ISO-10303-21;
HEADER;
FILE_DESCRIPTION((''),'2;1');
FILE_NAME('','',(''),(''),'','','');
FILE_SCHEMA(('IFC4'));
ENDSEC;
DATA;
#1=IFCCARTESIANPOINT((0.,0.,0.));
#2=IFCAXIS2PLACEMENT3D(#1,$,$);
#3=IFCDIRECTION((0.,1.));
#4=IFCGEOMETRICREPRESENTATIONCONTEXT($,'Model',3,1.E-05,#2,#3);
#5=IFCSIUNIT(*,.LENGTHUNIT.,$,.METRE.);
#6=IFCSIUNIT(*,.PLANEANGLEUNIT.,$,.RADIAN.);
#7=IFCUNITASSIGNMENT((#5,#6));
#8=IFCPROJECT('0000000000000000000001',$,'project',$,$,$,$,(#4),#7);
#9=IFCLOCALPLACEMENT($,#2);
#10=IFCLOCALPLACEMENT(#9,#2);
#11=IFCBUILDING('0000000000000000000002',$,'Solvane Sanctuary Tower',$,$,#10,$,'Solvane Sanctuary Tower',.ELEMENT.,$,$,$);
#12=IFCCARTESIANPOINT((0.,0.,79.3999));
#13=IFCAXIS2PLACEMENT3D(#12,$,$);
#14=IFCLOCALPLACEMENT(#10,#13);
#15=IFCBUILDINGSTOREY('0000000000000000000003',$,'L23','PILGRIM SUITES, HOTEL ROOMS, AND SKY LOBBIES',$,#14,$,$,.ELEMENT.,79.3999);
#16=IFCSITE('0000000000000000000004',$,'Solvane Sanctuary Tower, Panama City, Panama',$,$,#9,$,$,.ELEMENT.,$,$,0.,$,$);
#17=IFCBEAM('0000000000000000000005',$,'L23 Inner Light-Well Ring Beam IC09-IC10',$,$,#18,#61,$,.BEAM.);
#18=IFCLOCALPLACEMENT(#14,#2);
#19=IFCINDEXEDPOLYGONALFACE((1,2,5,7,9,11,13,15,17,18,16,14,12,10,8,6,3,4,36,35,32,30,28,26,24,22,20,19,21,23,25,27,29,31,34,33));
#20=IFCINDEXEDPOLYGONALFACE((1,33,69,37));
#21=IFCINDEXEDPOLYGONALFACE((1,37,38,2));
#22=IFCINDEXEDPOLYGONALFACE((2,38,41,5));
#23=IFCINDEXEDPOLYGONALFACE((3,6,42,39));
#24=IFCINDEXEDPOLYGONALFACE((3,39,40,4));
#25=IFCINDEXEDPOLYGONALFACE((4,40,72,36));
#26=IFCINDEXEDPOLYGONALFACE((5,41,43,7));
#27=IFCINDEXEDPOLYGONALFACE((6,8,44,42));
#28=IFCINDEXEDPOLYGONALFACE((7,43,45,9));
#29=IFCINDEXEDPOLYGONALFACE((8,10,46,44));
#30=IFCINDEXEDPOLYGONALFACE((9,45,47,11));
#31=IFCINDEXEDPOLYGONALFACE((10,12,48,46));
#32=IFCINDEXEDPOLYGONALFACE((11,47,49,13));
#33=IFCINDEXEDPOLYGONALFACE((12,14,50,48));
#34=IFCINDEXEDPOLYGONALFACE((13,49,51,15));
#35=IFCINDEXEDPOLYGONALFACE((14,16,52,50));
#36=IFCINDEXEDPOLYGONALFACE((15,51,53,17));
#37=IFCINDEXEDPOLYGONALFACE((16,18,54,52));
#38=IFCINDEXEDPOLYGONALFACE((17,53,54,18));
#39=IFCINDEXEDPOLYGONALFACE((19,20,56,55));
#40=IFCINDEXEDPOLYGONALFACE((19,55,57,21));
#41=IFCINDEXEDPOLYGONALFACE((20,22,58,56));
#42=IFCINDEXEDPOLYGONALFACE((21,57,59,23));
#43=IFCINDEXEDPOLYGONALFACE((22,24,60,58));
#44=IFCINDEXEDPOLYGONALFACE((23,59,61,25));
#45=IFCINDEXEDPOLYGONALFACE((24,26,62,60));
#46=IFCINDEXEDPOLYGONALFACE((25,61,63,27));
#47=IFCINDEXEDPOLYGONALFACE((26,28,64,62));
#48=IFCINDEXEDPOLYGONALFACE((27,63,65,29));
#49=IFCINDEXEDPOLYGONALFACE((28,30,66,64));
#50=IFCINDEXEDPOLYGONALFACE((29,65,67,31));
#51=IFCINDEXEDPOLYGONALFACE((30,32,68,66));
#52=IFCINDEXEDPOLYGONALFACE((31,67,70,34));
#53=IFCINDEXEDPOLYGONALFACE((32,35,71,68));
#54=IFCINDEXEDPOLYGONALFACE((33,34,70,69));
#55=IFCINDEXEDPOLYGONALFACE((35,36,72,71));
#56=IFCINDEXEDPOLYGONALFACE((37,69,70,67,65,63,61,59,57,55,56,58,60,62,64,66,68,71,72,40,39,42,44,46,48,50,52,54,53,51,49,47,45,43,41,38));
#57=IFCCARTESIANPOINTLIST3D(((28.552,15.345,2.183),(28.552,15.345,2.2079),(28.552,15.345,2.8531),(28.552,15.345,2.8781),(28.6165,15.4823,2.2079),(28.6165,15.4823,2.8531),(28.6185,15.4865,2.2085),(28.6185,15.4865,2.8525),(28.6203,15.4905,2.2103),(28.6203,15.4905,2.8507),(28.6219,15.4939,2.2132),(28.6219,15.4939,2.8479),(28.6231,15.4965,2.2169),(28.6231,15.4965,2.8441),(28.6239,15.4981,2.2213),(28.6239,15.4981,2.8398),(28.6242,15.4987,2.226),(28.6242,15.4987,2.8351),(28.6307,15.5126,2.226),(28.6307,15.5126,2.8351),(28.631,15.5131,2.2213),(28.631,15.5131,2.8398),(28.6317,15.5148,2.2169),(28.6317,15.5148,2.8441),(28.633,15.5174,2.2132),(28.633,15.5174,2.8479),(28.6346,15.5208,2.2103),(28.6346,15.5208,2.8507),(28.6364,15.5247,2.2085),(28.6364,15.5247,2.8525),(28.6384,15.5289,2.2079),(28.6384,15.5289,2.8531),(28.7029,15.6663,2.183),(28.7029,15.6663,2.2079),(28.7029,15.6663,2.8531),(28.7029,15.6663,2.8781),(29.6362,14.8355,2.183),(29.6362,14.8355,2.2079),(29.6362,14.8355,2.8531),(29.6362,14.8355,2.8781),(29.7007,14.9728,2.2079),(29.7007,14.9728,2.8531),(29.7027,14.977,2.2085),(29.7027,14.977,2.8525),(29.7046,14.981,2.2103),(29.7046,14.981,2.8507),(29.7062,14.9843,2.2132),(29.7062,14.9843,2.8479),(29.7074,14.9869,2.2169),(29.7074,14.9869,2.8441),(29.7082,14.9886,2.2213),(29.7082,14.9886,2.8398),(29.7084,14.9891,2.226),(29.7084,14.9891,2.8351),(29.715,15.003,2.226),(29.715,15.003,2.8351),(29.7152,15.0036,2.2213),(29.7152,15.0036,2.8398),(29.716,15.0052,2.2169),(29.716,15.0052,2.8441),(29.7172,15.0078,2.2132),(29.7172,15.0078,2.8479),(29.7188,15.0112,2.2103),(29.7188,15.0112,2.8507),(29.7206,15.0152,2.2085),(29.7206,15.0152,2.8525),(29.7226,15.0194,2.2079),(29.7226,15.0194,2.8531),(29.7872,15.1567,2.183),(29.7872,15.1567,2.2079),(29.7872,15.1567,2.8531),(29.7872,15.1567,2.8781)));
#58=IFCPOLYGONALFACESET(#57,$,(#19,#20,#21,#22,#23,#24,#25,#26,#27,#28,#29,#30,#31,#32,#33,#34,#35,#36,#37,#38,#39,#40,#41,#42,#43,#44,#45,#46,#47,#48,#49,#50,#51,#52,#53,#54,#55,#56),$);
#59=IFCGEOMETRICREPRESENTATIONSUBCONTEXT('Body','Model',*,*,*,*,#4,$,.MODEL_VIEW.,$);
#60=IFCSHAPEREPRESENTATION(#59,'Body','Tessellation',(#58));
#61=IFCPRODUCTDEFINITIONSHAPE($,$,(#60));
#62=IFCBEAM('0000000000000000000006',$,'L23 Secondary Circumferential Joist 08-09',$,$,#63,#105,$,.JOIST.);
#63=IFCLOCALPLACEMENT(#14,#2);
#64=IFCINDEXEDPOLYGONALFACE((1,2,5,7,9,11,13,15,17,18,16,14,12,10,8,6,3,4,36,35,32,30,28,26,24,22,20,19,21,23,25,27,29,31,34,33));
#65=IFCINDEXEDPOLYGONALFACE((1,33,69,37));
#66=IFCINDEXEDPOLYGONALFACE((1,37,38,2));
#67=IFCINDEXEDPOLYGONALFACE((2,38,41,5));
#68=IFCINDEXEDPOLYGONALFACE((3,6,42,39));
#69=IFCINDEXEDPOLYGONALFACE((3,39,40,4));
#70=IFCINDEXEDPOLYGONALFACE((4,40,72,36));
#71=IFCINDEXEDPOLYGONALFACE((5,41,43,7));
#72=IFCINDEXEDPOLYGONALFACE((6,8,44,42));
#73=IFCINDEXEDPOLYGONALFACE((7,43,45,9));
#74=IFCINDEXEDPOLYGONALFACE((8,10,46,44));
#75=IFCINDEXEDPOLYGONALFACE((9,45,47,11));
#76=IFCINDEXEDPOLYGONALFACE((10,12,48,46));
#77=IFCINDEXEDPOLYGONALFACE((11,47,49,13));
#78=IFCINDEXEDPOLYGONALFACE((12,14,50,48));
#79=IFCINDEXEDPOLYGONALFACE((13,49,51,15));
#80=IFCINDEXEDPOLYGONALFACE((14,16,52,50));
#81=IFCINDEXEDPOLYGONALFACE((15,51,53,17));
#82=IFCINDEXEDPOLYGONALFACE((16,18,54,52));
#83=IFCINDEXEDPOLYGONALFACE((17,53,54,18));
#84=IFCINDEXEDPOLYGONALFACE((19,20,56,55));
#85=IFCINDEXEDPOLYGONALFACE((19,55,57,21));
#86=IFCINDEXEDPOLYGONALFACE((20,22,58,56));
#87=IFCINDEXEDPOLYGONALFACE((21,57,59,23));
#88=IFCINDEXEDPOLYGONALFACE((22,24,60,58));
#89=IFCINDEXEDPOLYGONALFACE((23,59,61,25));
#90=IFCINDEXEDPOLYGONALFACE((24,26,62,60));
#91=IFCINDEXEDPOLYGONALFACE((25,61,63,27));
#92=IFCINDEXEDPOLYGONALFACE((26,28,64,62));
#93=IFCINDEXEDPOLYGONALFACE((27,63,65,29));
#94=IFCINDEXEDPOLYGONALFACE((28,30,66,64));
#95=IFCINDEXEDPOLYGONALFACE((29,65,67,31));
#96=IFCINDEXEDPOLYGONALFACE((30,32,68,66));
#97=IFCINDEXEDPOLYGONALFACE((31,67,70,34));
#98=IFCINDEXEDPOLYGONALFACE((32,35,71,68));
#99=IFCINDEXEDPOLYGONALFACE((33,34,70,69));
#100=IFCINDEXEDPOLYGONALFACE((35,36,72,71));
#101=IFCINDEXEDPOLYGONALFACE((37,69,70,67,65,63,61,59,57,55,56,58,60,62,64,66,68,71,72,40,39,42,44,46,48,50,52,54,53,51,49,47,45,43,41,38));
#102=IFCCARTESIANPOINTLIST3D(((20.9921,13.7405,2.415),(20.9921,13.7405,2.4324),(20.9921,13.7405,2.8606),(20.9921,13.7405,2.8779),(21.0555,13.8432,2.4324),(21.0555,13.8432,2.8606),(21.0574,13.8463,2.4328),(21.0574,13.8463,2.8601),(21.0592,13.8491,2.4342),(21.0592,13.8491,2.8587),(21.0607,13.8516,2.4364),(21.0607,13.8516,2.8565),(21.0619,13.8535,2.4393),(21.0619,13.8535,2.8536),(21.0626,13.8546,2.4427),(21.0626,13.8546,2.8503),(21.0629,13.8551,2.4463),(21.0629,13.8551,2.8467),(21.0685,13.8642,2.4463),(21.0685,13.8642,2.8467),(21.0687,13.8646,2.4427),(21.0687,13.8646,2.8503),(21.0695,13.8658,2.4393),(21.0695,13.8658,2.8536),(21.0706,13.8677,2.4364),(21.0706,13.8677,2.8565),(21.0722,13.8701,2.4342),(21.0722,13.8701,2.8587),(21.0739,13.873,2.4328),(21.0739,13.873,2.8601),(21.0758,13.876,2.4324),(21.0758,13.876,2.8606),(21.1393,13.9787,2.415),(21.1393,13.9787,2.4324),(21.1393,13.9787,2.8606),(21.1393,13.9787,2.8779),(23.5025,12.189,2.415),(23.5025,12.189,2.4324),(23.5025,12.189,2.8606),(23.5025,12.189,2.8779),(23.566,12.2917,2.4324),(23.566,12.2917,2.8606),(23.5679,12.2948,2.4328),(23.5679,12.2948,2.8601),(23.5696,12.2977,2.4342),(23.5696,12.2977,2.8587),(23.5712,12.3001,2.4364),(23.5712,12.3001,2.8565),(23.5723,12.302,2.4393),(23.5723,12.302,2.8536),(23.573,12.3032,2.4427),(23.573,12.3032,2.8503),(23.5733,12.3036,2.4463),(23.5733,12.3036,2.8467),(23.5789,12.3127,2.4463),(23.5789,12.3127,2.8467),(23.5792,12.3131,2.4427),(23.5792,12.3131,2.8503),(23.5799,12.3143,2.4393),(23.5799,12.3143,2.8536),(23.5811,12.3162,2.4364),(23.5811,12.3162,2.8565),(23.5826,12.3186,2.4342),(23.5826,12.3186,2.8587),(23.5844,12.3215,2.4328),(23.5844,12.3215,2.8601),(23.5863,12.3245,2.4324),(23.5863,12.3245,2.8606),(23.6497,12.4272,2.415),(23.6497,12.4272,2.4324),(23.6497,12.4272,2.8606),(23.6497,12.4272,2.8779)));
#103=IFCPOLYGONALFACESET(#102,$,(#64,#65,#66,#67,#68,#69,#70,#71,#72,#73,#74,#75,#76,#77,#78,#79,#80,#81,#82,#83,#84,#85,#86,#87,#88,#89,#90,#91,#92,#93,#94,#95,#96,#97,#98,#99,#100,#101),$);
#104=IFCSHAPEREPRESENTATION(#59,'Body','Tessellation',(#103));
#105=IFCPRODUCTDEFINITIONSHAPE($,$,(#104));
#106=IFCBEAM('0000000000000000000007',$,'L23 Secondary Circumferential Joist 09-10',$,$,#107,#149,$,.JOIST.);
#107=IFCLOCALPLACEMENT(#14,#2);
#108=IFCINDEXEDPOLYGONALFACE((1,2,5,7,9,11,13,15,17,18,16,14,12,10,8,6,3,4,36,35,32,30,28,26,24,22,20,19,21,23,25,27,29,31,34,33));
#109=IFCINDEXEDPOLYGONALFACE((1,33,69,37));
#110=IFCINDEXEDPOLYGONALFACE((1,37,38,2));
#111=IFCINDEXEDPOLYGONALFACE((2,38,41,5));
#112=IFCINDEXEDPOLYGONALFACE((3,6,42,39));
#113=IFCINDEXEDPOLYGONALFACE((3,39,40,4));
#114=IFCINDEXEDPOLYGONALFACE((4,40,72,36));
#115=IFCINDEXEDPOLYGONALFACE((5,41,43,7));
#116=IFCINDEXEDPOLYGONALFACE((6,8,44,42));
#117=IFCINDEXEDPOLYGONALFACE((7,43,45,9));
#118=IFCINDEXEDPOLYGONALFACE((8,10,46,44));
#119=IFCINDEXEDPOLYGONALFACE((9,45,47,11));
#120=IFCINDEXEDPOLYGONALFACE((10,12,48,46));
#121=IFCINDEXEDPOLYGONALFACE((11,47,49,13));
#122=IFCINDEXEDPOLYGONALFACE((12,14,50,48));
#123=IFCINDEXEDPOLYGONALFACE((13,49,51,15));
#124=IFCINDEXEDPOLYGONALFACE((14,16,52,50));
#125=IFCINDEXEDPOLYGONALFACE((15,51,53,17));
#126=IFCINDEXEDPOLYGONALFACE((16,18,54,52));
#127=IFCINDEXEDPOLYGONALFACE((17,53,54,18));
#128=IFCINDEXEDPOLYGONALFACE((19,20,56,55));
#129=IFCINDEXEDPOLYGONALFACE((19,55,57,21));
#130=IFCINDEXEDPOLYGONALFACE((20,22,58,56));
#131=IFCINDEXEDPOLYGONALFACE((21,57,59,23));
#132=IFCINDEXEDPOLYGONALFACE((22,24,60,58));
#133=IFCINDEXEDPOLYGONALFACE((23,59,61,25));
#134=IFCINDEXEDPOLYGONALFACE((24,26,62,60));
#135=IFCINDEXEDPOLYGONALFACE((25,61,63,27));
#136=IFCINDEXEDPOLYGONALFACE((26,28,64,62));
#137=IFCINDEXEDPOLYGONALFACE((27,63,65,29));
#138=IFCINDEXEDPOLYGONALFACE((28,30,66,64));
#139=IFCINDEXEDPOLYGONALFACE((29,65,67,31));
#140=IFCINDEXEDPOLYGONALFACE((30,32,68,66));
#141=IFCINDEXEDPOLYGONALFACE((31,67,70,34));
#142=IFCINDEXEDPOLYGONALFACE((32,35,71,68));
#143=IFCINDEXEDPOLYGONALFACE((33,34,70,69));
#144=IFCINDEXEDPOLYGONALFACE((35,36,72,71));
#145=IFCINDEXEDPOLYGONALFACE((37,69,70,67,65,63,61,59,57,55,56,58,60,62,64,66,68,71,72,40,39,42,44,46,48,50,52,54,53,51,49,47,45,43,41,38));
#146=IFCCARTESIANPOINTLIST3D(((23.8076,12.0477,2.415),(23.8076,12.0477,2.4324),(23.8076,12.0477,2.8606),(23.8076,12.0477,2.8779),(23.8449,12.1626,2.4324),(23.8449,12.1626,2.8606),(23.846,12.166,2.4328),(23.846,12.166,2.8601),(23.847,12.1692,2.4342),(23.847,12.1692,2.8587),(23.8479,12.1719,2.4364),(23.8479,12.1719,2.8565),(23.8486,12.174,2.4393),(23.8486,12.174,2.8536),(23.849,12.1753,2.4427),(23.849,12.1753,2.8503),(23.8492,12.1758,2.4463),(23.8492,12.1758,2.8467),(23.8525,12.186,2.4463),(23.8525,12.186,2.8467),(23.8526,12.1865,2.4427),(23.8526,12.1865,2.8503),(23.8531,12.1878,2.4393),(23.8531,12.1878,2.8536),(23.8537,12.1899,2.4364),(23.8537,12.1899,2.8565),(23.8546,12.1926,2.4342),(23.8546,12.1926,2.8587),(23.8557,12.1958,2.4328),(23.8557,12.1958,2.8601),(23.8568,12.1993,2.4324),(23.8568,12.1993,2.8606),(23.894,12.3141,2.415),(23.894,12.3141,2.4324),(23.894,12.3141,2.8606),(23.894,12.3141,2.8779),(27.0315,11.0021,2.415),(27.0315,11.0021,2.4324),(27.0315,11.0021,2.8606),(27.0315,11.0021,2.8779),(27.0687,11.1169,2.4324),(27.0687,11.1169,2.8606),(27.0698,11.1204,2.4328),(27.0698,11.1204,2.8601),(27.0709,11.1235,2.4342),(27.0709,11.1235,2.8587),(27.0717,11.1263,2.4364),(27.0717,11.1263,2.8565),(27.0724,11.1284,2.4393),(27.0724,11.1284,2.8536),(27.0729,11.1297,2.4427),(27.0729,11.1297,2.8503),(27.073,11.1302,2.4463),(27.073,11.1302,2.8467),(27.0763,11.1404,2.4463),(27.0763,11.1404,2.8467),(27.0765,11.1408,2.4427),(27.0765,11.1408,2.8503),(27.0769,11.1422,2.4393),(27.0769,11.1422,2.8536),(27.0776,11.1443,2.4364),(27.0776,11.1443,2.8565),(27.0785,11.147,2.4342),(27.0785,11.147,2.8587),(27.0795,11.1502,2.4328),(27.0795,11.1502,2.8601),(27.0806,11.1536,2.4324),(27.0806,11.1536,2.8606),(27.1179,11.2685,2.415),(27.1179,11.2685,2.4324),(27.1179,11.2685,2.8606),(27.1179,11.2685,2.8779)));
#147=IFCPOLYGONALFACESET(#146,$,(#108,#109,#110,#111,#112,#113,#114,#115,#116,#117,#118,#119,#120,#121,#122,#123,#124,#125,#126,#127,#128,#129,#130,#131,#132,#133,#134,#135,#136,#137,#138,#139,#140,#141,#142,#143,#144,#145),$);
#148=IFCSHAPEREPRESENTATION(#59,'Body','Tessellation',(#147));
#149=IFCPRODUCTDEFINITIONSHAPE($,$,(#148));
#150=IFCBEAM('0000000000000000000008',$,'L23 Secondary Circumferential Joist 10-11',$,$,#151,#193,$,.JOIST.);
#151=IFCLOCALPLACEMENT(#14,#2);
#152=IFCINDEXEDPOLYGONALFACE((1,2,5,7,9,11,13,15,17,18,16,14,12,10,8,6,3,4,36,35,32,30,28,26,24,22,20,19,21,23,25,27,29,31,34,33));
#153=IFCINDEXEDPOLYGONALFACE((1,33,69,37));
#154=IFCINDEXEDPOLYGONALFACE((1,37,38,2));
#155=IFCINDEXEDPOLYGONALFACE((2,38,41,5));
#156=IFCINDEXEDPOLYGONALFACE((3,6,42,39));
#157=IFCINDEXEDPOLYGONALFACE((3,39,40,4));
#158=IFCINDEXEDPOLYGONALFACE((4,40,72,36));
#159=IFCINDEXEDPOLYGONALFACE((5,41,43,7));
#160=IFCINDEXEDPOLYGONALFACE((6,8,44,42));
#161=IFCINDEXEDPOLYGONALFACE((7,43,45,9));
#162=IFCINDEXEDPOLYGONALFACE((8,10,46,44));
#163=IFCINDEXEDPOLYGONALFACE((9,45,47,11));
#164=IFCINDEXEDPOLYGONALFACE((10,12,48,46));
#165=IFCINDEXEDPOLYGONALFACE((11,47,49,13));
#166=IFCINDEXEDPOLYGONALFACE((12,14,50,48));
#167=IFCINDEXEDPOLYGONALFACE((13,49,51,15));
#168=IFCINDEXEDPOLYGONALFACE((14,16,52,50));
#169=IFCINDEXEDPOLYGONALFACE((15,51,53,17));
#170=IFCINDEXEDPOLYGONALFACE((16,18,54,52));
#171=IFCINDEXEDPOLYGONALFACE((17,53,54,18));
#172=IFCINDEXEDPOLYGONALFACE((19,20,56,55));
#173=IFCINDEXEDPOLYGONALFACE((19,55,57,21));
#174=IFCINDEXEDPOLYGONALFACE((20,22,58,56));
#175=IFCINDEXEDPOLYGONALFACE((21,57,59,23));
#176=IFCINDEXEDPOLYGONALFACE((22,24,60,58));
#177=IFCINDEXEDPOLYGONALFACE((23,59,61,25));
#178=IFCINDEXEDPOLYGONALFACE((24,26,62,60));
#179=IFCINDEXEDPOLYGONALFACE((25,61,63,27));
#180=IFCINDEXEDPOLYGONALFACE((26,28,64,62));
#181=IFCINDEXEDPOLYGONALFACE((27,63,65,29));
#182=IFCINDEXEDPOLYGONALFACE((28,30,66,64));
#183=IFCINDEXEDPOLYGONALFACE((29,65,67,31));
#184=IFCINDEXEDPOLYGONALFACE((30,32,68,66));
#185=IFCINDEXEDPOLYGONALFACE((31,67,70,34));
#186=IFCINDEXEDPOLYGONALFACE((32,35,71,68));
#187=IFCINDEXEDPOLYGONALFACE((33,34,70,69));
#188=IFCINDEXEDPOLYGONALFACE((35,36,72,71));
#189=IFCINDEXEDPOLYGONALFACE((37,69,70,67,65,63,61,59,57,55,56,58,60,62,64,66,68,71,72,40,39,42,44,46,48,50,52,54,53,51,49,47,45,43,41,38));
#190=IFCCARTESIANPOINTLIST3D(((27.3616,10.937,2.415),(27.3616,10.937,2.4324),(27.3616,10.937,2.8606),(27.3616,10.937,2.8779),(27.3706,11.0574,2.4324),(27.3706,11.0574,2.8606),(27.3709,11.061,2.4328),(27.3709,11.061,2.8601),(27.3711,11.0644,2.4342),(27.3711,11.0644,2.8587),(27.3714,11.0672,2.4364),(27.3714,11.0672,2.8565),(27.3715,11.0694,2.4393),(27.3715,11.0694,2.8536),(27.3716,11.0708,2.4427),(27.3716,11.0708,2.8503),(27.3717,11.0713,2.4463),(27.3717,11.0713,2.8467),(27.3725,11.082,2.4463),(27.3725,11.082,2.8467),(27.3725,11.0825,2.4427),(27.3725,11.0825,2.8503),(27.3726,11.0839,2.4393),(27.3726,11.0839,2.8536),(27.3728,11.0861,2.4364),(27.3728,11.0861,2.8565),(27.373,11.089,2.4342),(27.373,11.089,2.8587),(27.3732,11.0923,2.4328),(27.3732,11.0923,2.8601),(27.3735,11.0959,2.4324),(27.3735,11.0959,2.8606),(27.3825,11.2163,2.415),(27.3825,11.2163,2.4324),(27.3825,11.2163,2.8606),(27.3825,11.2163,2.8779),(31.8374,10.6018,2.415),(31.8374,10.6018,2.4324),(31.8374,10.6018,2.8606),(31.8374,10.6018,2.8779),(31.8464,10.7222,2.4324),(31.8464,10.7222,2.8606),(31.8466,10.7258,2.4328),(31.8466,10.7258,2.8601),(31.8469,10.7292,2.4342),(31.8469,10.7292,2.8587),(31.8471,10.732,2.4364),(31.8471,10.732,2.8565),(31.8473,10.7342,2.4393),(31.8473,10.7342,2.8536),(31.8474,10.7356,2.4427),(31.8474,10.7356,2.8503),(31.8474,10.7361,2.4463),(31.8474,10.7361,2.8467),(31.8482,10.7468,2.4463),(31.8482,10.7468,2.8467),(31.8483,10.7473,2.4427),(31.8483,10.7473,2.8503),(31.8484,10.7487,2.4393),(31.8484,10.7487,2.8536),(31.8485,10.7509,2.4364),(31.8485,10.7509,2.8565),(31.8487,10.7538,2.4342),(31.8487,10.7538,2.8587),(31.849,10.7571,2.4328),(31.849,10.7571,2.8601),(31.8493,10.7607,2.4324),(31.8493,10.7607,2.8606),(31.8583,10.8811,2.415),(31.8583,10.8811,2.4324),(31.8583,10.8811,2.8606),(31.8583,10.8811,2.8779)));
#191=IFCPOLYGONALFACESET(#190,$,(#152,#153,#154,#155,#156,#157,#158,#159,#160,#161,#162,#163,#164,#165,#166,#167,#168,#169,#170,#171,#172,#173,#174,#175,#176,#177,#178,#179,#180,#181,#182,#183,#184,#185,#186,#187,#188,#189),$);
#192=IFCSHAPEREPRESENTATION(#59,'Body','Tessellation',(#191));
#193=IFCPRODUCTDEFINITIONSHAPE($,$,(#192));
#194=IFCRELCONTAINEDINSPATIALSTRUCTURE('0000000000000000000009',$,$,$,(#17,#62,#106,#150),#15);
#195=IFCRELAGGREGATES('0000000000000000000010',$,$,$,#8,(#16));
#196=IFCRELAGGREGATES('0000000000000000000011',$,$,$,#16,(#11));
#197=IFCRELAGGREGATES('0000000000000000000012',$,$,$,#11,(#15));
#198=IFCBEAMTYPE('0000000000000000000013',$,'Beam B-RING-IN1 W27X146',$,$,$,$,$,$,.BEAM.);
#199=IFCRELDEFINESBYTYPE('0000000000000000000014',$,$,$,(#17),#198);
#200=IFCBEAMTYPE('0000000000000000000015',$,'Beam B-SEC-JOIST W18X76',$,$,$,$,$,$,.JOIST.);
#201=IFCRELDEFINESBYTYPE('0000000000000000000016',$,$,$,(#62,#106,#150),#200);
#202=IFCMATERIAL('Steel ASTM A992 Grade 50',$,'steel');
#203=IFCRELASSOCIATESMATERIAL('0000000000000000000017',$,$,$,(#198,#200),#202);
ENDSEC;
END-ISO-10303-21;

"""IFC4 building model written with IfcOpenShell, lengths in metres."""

from ifc_helpers import new_model, si_unit, direction, frame, origin, origin_2d, place, context, subcontext, project, spatial, i_section, extrude, material, material_profile, profile_set, type_object, element, save


model = new_model("IFC4")

# Units and contexts
model_context = context("Model", 3, precision=1e-05, world=origin(), true_north=direction((0.0, 1.0)))
body_context = subcontext(model_context, "Body", "Model", "MODEL_VIEW")
ifc_project = project(units=[si_unit("LENGTHUNIT", "METRE"), si_unit("PLANEANGLEUNIT", "RADIAN")], contexts=[model_context])

# Site, building, storey
site_placement = place(None, origin())
site = spatial("IfcSite", under=ifc_project, at=site_placement, Name="Solvane Sanctuary Tower, Panama City, Panama", CompositionType="ELEMENT", RefElevation=0.0)
building_placement = place(site_placement, origin())
building = spatial("IfcBuilding", under=site, at=building_placement, Name="Solvane Sanctuary Tower", LongName="Solvane Sanctuary Tower", CompositionType="ELEMENT")
storey_placement = place(building_placement, frame((0.0, 0.0, 79.3999)))
storey = spatial("IfcBuildingStorey", under=building, at=storey_placement, Name="L23", Description="PILGRIM SUITES, HOTEL ROOMS, AND SKY LOBBIES", CompositionType="ELEMENT", Elevation=79.3999)

# Beams
ifc_material_1 = material(Name="Steel ASTM A992 Grade 50", Category="steel")
ifc_material_profile_1 = material_profile(ifc_material_1, i_section(OverallWidth=0.355, OverallDepth=0.6951, WebThickness=0.0154, FlangeThickness=0.0249, FilletRadius=0.0181, at=origin_2d()), Name="W27X146")
ifc_profile_set_1 = profile_set([ifc_material_profile_1], Name="Steel ASTM A992 Grade 50")
beam_type_1 = type_object("IfcBeamType", Name="Beam B-RING-IN1 W27X146", PredefinedType="BEAM", material=ifc_profile_set_1)
beam_1_placement = place(storey_placement, frame((28.6274, 15.5056, 2.5305), z_axis=(0.905045, -0.425316, 0.0), x_axis=(0.425316, 0.905045, 0.0)))
element("IfcBeam", 1, at=beam_1_placement, inside=storey, type_object=beam_type_1, Name="L23 Inner Light-Well Ring Beam IC09-IC10", PredefinedType="BEAM", context=body_context, shape_type="SweptSolid", body=[
    extrude(i_section(OverallWidth=0.355, OverallDepth=0.6951, WebThickness=0.0154, FlangeThickness=0.0249, FilletRadius=0.0181, at=origin_2d()), origin(), (0.0, 0.0, 1.0), 1.198),
])
ifc_material_profile_2 = material_profile(ifc_material_1, i_section(OverallWidth=0.28, OverallDepth=0.4629, WebThickness=0.0107, FlangeThickness=0.0173, FilletRadius=0.0139, at=origin_2d()), Name="W18X76")
ifc_profile_set_2 = profile_set([ifc_material_profile_2], Name="Steel ASTM A992 Grade 50")
beam_type_2 = type_object("IfcBeamType", Name="Beam B-SEC-JOIST W18X76", PredefinedType="JOIST", material=ifc_profile_set_2)
beam_2_placement = place(storey_placement, frame((21.0657, 13.8596, 2.6465), z_axis=(0.85066, -0.525717, 0.0), x_axis=(0.525717, 0.85066, 0.0)))
element("IfcBeam", 2, at=beam_2_placement, inside=storey, type_object=beam_type_2, Name="L23 Secondary Circumferential Joist 08-09", PredefinedType="JOIST", context=body_context, shape_type="SweptSolid", body=[
    extrude(i_section(OverallWidth=0.28, OverallDepth=0.4629, WebThickness=0.0107, FlangeThickness=0.0173, FilletRadius=0.0139, at=origin_2d()), origin(), (0.0, 0.0, 1.0), 2.9512),
])
beam_3_placement = place(storey_placement, frame((23.8508, 12.1809, 2.6465), z_axis=(0.951217, -0.308524, 0.0), x_axis=(0.308524, 0.951217, 0.0)))
element("IfcBeam", 3, at=beam_3_placement, inside=storey, type_object=beam_type_2, Name="L23 Secondary Circumferential Joist 09-10", PredefinedType="JOIST", context=body_context, shape_type="SweptSolid", body=[
    extrude(i_section(OverallWidth=0.28, OverallDepth=0.4629, WebThickness=0.0107, FlangeThickness=0.0173, FilletRadius=0.0139, at=origin_2d()), origin(), (0.0, 0.0, 1.0), 3.3892),
])
beam_4_placement = place(storey_placement, frame((27.3721, 11.0767, 2.6465), z_axis=(0.997207, -0.074683, 0.0), x_axis=(0.074683, 0.997207, 0.0)))
element("IfcBeam", 4, at=beam_4_placement, inside=storey, type_object=beam_type_2, Name="L23 Secondary Circumferential Joist 10-11", PredefinedType="JOIST", context=body_context, shape_type="SweptSolid", body=[
    extrude(i_section(OverallWidth=0.28, OverallDepth=0.4629, WebThickness=0.0107, FlangeThickness=0.0173, FilletRadius=0.0139, at=origin_2d()), origin(), (0.0, 0.0, 1.0), 4.4883),
])

save(model, "model.ifc")
